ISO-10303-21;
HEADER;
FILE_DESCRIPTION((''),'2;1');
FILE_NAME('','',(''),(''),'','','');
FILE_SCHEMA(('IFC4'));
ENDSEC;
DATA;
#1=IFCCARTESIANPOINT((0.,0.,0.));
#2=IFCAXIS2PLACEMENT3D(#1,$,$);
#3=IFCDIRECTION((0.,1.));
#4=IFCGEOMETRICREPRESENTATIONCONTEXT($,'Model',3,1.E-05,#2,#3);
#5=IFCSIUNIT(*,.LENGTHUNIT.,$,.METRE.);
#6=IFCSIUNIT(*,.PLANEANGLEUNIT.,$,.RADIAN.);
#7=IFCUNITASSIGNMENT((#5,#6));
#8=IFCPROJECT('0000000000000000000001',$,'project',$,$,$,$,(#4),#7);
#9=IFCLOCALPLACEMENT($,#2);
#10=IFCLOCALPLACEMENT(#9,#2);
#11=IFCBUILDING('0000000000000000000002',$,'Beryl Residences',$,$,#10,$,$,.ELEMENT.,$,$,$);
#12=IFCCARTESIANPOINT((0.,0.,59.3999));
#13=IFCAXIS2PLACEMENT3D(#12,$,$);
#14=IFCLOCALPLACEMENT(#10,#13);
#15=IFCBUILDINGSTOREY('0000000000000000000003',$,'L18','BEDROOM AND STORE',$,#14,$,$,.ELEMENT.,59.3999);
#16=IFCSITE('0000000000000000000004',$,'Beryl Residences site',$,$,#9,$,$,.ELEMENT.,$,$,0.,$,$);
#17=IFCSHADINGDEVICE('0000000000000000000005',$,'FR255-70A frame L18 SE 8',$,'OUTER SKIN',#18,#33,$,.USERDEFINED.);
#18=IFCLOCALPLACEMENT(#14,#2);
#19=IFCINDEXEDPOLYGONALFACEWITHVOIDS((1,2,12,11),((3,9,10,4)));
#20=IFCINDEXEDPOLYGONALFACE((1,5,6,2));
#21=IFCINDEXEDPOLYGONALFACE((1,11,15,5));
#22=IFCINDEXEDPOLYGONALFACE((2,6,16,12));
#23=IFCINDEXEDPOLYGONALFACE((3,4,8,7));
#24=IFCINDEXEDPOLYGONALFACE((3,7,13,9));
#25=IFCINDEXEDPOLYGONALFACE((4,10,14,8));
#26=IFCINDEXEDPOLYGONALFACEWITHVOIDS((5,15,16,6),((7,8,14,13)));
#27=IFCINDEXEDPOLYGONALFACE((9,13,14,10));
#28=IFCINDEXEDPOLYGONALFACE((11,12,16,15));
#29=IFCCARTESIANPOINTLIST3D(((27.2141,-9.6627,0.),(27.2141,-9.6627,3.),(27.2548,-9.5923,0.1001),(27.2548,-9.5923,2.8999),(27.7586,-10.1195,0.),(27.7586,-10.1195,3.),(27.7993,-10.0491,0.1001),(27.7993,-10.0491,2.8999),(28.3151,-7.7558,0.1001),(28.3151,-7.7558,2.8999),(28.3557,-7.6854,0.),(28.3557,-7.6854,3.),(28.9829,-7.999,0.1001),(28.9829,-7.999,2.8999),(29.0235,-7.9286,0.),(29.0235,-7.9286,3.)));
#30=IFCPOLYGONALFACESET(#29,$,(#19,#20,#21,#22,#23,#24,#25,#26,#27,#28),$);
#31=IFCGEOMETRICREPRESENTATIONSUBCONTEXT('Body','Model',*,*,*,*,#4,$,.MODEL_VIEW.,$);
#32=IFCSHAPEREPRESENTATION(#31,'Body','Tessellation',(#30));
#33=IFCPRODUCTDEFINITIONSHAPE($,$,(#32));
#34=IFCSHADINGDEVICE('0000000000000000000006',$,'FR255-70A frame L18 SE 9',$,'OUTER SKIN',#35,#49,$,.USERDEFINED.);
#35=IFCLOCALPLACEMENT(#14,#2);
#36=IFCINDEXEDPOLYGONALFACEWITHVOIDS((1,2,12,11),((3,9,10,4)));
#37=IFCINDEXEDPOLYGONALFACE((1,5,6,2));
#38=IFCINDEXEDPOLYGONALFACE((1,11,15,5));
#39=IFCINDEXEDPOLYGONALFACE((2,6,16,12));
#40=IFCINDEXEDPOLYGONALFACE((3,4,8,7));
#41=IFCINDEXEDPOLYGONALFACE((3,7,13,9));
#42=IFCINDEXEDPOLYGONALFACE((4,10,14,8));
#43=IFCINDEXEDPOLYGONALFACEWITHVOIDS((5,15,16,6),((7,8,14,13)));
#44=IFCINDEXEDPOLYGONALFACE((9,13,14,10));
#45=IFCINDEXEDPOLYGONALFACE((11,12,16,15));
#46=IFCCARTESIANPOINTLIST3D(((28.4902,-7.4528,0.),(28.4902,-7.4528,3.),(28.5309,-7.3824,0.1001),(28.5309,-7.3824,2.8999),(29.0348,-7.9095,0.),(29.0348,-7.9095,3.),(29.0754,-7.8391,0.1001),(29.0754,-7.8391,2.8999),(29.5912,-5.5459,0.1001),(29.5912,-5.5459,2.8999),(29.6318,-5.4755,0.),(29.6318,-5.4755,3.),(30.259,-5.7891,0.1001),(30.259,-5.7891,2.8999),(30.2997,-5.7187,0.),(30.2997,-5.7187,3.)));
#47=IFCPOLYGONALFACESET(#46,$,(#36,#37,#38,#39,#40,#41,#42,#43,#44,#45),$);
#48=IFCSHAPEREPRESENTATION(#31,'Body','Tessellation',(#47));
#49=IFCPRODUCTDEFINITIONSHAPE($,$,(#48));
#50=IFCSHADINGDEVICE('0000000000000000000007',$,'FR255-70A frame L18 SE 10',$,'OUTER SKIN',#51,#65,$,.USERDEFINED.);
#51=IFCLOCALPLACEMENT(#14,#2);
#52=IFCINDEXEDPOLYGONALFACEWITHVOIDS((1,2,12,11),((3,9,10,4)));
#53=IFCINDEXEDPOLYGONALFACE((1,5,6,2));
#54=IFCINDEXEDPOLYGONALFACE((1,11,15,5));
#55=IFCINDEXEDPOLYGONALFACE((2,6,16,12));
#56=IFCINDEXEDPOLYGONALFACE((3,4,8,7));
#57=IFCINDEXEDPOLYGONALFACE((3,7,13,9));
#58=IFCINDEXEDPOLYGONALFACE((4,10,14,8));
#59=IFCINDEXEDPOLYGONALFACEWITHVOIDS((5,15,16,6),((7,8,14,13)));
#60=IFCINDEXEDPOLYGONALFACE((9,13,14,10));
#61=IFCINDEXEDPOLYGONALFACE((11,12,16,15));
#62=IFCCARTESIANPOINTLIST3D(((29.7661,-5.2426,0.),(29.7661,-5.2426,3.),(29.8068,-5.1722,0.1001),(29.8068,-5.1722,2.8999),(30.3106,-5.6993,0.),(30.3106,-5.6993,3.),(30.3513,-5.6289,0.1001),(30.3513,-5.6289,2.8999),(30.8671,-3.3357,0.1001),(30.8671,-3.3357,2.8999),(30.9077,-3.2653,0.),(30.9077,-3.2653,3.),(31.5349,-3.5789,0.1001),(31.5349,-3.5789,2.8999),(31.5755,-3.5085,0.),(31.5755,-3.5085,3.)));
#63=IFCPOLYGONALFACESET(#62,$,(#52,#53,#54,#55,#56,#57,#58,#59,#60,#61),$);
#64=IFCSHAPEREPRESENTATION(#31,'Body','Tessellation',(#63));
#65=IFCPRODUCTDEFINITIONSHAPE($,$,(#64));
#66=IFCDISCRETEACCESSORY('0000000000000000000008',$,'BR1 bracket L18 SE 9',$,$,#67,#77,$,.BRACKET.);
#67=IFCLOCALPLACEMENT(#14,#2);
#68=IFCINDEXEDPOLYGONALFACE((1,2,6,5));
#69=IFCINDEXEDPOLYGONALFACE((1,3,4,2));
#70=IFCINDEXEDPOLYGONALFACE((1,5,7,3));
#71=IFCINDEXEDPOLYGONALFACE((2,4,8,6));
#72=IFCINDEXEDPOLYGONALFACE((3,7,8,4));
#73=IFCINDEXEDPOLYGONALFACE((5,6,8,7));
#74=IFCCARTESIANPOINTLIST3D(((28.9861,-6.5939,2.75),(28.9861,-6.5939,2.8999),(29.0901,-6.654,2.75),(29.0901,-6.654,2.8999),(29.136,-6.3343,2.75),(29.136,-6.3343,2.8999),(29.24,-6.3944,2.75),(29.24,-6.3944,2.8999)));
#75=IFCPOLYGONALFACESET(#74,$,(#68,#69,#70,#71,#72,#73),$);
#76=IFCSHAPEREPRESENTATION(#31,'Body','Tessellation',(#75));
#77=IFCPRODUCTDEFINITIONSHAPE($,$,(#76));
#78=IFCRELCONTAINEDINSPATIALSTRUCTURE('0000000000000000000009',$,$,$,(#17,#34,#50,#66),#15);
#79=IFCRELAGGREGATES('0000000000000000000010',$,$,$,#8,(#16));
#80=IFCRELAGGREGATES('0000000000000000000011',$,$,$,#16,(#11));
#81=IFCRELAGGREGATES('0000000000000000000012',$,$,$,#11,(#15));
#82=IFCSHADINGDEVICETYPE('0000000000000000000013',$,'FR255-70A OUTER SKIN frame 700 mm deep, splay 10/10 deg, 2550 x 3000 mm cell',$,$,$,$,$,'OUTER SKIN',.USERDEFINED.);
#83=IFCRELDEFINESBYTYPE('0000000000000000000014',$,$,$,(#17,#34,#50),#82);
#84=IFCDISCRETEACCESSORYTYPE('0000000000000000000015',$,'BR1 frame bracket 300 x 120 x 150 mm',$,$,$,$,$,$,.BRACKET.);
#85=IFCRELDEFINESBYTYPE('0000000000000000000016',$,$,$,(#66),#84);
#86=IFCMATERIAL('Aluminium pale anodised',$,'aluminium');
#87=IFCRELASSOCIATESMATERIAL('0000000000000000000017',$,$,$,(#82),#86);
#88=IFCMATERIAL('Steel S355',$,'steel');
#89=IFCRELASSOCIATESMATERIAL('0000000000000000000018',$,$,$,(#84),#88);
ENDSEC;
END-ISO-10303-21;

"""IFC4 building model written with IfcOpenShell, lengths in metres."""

from ifc_helpers import new_model, entity, si_unit, direction, frame, origin, place, context, subcontext, project, spatial, polyline, outline, extrude, source, transform, mapped, material, type_object, type_shapes, element, save


model = new_model("IFC4")

# Units and contexts
model_context = context("Model", 3, precision=1e-05, world=origin(), true_north=direction((0.0, 1.0)))
body_context = subcontext(model_context, "Body", "Model", "MODEL_VIEW")
ifc_project = project(units=[si_unit("LENGTHUNIT", "METRE"), si_unit("PLANEANGLEUNIT", "RADIAN")], contexts=[model_context])

# Site, building, storey
site_placement = place(None, origin())
site = spatial("IfcSite", under=ifc_project, at=site_placement, Name="Beryl Residences site", CompositionType="ELEMENT", RefElevation=0.0)
building_placement = place(site_placement, origin())
building = spatial("IfcBuilding", under=site, at=building_placement, Name="Beryl Residences", CompositionType="ELEMENT")
storey_placement = place(building_placement, frame((0.0, 0.0, 59.3999)))
storey = spatial("IfcBuildingStorey", under=building, at=storey_placement, Name="L18", Description="BEDROOM AND STORE", CompositionType="ELEMENT", Elevation=59.3999)

# Shading devices
ifc_material_1 = material(Name="Aluminium pale anodised", Category="aluminium")
shading_device_type = type_object("IfcShadingDeviceType", Name="FR255-70A OUTER SKIN frame 700 mm deep, splay 10/10 deg, 2550 x 3000 mm cell", ElementType="OUTER SKIN", PredefinedType="USERDEFINED", material=ifc_material_1)
cartesian_point_1 = entity("IfcCartesianPoint", [-1.1416, 0.0])
cartesian_point_2 = entity("IfcCartesianPoint", [-1.0603, 0.1001])
cartesian_point_3 = entity("IfcCartesianPoint", [-1.2649, 0.0])
cartesian_point_4 = entity("IfcCartesianPoint", [-1.1836, 0.1001])
shared_shape_1 = source(origin(), body_context, "Body", "SweptSolid", [
    entity("IfcExtrudedAreaSolidTapered", entity("IfcArbitraryProfileDefWithVoids", "AREA", None, entity("IfcPolyline", [cartesian_point_1, entity("IfcCartesianPoint", [1.1416, 0.0]), entity("IfcCartesianPoint", [1.1416, 3.0]), entity("IfcCartesianPoint", [-1.1416, 3.0]), cartesian_point_1]), [entity("IfcPolyline", [cartesian_point_2, entity("IfcCartesianPoint", [1.0603, 0.1001]), entity("IfcCartesianPoint", [1.0603, 2.8999]), entity("IfcCartesianPoint", [-1.0603, 2.8999]), cartesian_point_2])]), entity("IfcAxis2Placement3D", entity("IfcCartesianPoint", [0.0, 0.0, 0.0]), entity("IfcDirection", [0.0, 1.0, 0.0]), entity("IfcDirection", [-1.0, 0.0, 0.0])), entity("IfcDirection", [0.0, 0.0, 1.0]), 0.7, entity("IfcArbitraryProfileDefWithVoids", "AREA", None, entity("IfcPolyline", [cartesian_point_3, entity("IfcCartesianPoint", [1.2649, 0.0]), entity("IfcCartesianPoint", [1.2649, 3.0]), entity("IfcCartesianPoint", [-1.2649, 3.0]), cartesian_point_3]), [entity("IfcPolyline", [cartesian_point_4, entity("IfcCartesianPoint", [1.1836, 0.1001]), entity("IfcCartesianPoint", [1.1836, 2.8999]), entity("IfcCartesianPoint", [-1.1836, 2.8999]), cartesian_point_4])])),
])
type_shapes(shading_device_type, [shared_shape_1])
for number, where, z_axis, x_axis, name in (
    (1, (27.7849, -8.6741, 0.0), (0.0, 0.0, 1.0), (-0.5, -0.866025, 0.0), "FR255-70A frame L18 SE 8"),
    (2, (29.061, -6.4641, 0.0), (0.0, 0.0, 1.0), (-0.5, -0.866025, 0.0), "FR255-70A frame L18 SE 9"),
    (3, (30.3369, -4.2539, 0.0), (0.0, 0.0, 1.0), (-0.5, -0.866025, 0.0), "FR255-70A frame L18 SE 10"),
):
    element("IfcShadingDevice", number, at=place(storey_placement, frame(where, z_axis=z_axis, x_axis=x_axis)), inside=storey, type_object=shading_device_type, Name=name, ObjectType="OUTER SKIN", PredefinedType="USERDEFINED", context=body_context, shape_type="MappedRepresentation", body=[
        mapped(shared_shape_1, transform((0.0, 0.0, 0.0))),
    ])

# Discrete accessory
ifc_material_2 = material(Name="Steel S355", Category="steel")
discrete_accessory_type = type_object("IfcDiscreteAccessoryType", Name="BR1 frame bracket 300 x 120 x 150 mm", PredefinedType="BRACKET", material=ifc_material_2)
shared_shape_2 = source(origin(), body_context, "Body", "SweptSolid", [
    extrude(outline(polyline([(-0.1499, 0.0), (0.1499, 0.0), (0.1499, 0.1201), (-0.1499, 0.1201), (-0.1499, 0.0)])), origin(), (0.0, 0.0, 1.0), 0.1499),
])
type_shapes(discrete_accessory_type, [shared_shape_2])
discrete_accessory_placement = place(storey_placement, frame((29.061, -6.4641, 2.75), z_axis=(0.0, 0.0, 1.0), x_axis=(-0.5, -0.866025, 0.0)))
element("IfcDiscreteAccessory", 4, at=discrete_accessory_placement, inside=storey, type_object=discrete_accessory_type, Name="BR1 bracket L18 SE 9", PredefinedType="BRACKET", context=body_context, shape_type="MappedRepresentation", body=[
    mapped(shared_shape_2, transform((0.0, 0.0, 0.0))),
])

save(model, "model.ifc")
